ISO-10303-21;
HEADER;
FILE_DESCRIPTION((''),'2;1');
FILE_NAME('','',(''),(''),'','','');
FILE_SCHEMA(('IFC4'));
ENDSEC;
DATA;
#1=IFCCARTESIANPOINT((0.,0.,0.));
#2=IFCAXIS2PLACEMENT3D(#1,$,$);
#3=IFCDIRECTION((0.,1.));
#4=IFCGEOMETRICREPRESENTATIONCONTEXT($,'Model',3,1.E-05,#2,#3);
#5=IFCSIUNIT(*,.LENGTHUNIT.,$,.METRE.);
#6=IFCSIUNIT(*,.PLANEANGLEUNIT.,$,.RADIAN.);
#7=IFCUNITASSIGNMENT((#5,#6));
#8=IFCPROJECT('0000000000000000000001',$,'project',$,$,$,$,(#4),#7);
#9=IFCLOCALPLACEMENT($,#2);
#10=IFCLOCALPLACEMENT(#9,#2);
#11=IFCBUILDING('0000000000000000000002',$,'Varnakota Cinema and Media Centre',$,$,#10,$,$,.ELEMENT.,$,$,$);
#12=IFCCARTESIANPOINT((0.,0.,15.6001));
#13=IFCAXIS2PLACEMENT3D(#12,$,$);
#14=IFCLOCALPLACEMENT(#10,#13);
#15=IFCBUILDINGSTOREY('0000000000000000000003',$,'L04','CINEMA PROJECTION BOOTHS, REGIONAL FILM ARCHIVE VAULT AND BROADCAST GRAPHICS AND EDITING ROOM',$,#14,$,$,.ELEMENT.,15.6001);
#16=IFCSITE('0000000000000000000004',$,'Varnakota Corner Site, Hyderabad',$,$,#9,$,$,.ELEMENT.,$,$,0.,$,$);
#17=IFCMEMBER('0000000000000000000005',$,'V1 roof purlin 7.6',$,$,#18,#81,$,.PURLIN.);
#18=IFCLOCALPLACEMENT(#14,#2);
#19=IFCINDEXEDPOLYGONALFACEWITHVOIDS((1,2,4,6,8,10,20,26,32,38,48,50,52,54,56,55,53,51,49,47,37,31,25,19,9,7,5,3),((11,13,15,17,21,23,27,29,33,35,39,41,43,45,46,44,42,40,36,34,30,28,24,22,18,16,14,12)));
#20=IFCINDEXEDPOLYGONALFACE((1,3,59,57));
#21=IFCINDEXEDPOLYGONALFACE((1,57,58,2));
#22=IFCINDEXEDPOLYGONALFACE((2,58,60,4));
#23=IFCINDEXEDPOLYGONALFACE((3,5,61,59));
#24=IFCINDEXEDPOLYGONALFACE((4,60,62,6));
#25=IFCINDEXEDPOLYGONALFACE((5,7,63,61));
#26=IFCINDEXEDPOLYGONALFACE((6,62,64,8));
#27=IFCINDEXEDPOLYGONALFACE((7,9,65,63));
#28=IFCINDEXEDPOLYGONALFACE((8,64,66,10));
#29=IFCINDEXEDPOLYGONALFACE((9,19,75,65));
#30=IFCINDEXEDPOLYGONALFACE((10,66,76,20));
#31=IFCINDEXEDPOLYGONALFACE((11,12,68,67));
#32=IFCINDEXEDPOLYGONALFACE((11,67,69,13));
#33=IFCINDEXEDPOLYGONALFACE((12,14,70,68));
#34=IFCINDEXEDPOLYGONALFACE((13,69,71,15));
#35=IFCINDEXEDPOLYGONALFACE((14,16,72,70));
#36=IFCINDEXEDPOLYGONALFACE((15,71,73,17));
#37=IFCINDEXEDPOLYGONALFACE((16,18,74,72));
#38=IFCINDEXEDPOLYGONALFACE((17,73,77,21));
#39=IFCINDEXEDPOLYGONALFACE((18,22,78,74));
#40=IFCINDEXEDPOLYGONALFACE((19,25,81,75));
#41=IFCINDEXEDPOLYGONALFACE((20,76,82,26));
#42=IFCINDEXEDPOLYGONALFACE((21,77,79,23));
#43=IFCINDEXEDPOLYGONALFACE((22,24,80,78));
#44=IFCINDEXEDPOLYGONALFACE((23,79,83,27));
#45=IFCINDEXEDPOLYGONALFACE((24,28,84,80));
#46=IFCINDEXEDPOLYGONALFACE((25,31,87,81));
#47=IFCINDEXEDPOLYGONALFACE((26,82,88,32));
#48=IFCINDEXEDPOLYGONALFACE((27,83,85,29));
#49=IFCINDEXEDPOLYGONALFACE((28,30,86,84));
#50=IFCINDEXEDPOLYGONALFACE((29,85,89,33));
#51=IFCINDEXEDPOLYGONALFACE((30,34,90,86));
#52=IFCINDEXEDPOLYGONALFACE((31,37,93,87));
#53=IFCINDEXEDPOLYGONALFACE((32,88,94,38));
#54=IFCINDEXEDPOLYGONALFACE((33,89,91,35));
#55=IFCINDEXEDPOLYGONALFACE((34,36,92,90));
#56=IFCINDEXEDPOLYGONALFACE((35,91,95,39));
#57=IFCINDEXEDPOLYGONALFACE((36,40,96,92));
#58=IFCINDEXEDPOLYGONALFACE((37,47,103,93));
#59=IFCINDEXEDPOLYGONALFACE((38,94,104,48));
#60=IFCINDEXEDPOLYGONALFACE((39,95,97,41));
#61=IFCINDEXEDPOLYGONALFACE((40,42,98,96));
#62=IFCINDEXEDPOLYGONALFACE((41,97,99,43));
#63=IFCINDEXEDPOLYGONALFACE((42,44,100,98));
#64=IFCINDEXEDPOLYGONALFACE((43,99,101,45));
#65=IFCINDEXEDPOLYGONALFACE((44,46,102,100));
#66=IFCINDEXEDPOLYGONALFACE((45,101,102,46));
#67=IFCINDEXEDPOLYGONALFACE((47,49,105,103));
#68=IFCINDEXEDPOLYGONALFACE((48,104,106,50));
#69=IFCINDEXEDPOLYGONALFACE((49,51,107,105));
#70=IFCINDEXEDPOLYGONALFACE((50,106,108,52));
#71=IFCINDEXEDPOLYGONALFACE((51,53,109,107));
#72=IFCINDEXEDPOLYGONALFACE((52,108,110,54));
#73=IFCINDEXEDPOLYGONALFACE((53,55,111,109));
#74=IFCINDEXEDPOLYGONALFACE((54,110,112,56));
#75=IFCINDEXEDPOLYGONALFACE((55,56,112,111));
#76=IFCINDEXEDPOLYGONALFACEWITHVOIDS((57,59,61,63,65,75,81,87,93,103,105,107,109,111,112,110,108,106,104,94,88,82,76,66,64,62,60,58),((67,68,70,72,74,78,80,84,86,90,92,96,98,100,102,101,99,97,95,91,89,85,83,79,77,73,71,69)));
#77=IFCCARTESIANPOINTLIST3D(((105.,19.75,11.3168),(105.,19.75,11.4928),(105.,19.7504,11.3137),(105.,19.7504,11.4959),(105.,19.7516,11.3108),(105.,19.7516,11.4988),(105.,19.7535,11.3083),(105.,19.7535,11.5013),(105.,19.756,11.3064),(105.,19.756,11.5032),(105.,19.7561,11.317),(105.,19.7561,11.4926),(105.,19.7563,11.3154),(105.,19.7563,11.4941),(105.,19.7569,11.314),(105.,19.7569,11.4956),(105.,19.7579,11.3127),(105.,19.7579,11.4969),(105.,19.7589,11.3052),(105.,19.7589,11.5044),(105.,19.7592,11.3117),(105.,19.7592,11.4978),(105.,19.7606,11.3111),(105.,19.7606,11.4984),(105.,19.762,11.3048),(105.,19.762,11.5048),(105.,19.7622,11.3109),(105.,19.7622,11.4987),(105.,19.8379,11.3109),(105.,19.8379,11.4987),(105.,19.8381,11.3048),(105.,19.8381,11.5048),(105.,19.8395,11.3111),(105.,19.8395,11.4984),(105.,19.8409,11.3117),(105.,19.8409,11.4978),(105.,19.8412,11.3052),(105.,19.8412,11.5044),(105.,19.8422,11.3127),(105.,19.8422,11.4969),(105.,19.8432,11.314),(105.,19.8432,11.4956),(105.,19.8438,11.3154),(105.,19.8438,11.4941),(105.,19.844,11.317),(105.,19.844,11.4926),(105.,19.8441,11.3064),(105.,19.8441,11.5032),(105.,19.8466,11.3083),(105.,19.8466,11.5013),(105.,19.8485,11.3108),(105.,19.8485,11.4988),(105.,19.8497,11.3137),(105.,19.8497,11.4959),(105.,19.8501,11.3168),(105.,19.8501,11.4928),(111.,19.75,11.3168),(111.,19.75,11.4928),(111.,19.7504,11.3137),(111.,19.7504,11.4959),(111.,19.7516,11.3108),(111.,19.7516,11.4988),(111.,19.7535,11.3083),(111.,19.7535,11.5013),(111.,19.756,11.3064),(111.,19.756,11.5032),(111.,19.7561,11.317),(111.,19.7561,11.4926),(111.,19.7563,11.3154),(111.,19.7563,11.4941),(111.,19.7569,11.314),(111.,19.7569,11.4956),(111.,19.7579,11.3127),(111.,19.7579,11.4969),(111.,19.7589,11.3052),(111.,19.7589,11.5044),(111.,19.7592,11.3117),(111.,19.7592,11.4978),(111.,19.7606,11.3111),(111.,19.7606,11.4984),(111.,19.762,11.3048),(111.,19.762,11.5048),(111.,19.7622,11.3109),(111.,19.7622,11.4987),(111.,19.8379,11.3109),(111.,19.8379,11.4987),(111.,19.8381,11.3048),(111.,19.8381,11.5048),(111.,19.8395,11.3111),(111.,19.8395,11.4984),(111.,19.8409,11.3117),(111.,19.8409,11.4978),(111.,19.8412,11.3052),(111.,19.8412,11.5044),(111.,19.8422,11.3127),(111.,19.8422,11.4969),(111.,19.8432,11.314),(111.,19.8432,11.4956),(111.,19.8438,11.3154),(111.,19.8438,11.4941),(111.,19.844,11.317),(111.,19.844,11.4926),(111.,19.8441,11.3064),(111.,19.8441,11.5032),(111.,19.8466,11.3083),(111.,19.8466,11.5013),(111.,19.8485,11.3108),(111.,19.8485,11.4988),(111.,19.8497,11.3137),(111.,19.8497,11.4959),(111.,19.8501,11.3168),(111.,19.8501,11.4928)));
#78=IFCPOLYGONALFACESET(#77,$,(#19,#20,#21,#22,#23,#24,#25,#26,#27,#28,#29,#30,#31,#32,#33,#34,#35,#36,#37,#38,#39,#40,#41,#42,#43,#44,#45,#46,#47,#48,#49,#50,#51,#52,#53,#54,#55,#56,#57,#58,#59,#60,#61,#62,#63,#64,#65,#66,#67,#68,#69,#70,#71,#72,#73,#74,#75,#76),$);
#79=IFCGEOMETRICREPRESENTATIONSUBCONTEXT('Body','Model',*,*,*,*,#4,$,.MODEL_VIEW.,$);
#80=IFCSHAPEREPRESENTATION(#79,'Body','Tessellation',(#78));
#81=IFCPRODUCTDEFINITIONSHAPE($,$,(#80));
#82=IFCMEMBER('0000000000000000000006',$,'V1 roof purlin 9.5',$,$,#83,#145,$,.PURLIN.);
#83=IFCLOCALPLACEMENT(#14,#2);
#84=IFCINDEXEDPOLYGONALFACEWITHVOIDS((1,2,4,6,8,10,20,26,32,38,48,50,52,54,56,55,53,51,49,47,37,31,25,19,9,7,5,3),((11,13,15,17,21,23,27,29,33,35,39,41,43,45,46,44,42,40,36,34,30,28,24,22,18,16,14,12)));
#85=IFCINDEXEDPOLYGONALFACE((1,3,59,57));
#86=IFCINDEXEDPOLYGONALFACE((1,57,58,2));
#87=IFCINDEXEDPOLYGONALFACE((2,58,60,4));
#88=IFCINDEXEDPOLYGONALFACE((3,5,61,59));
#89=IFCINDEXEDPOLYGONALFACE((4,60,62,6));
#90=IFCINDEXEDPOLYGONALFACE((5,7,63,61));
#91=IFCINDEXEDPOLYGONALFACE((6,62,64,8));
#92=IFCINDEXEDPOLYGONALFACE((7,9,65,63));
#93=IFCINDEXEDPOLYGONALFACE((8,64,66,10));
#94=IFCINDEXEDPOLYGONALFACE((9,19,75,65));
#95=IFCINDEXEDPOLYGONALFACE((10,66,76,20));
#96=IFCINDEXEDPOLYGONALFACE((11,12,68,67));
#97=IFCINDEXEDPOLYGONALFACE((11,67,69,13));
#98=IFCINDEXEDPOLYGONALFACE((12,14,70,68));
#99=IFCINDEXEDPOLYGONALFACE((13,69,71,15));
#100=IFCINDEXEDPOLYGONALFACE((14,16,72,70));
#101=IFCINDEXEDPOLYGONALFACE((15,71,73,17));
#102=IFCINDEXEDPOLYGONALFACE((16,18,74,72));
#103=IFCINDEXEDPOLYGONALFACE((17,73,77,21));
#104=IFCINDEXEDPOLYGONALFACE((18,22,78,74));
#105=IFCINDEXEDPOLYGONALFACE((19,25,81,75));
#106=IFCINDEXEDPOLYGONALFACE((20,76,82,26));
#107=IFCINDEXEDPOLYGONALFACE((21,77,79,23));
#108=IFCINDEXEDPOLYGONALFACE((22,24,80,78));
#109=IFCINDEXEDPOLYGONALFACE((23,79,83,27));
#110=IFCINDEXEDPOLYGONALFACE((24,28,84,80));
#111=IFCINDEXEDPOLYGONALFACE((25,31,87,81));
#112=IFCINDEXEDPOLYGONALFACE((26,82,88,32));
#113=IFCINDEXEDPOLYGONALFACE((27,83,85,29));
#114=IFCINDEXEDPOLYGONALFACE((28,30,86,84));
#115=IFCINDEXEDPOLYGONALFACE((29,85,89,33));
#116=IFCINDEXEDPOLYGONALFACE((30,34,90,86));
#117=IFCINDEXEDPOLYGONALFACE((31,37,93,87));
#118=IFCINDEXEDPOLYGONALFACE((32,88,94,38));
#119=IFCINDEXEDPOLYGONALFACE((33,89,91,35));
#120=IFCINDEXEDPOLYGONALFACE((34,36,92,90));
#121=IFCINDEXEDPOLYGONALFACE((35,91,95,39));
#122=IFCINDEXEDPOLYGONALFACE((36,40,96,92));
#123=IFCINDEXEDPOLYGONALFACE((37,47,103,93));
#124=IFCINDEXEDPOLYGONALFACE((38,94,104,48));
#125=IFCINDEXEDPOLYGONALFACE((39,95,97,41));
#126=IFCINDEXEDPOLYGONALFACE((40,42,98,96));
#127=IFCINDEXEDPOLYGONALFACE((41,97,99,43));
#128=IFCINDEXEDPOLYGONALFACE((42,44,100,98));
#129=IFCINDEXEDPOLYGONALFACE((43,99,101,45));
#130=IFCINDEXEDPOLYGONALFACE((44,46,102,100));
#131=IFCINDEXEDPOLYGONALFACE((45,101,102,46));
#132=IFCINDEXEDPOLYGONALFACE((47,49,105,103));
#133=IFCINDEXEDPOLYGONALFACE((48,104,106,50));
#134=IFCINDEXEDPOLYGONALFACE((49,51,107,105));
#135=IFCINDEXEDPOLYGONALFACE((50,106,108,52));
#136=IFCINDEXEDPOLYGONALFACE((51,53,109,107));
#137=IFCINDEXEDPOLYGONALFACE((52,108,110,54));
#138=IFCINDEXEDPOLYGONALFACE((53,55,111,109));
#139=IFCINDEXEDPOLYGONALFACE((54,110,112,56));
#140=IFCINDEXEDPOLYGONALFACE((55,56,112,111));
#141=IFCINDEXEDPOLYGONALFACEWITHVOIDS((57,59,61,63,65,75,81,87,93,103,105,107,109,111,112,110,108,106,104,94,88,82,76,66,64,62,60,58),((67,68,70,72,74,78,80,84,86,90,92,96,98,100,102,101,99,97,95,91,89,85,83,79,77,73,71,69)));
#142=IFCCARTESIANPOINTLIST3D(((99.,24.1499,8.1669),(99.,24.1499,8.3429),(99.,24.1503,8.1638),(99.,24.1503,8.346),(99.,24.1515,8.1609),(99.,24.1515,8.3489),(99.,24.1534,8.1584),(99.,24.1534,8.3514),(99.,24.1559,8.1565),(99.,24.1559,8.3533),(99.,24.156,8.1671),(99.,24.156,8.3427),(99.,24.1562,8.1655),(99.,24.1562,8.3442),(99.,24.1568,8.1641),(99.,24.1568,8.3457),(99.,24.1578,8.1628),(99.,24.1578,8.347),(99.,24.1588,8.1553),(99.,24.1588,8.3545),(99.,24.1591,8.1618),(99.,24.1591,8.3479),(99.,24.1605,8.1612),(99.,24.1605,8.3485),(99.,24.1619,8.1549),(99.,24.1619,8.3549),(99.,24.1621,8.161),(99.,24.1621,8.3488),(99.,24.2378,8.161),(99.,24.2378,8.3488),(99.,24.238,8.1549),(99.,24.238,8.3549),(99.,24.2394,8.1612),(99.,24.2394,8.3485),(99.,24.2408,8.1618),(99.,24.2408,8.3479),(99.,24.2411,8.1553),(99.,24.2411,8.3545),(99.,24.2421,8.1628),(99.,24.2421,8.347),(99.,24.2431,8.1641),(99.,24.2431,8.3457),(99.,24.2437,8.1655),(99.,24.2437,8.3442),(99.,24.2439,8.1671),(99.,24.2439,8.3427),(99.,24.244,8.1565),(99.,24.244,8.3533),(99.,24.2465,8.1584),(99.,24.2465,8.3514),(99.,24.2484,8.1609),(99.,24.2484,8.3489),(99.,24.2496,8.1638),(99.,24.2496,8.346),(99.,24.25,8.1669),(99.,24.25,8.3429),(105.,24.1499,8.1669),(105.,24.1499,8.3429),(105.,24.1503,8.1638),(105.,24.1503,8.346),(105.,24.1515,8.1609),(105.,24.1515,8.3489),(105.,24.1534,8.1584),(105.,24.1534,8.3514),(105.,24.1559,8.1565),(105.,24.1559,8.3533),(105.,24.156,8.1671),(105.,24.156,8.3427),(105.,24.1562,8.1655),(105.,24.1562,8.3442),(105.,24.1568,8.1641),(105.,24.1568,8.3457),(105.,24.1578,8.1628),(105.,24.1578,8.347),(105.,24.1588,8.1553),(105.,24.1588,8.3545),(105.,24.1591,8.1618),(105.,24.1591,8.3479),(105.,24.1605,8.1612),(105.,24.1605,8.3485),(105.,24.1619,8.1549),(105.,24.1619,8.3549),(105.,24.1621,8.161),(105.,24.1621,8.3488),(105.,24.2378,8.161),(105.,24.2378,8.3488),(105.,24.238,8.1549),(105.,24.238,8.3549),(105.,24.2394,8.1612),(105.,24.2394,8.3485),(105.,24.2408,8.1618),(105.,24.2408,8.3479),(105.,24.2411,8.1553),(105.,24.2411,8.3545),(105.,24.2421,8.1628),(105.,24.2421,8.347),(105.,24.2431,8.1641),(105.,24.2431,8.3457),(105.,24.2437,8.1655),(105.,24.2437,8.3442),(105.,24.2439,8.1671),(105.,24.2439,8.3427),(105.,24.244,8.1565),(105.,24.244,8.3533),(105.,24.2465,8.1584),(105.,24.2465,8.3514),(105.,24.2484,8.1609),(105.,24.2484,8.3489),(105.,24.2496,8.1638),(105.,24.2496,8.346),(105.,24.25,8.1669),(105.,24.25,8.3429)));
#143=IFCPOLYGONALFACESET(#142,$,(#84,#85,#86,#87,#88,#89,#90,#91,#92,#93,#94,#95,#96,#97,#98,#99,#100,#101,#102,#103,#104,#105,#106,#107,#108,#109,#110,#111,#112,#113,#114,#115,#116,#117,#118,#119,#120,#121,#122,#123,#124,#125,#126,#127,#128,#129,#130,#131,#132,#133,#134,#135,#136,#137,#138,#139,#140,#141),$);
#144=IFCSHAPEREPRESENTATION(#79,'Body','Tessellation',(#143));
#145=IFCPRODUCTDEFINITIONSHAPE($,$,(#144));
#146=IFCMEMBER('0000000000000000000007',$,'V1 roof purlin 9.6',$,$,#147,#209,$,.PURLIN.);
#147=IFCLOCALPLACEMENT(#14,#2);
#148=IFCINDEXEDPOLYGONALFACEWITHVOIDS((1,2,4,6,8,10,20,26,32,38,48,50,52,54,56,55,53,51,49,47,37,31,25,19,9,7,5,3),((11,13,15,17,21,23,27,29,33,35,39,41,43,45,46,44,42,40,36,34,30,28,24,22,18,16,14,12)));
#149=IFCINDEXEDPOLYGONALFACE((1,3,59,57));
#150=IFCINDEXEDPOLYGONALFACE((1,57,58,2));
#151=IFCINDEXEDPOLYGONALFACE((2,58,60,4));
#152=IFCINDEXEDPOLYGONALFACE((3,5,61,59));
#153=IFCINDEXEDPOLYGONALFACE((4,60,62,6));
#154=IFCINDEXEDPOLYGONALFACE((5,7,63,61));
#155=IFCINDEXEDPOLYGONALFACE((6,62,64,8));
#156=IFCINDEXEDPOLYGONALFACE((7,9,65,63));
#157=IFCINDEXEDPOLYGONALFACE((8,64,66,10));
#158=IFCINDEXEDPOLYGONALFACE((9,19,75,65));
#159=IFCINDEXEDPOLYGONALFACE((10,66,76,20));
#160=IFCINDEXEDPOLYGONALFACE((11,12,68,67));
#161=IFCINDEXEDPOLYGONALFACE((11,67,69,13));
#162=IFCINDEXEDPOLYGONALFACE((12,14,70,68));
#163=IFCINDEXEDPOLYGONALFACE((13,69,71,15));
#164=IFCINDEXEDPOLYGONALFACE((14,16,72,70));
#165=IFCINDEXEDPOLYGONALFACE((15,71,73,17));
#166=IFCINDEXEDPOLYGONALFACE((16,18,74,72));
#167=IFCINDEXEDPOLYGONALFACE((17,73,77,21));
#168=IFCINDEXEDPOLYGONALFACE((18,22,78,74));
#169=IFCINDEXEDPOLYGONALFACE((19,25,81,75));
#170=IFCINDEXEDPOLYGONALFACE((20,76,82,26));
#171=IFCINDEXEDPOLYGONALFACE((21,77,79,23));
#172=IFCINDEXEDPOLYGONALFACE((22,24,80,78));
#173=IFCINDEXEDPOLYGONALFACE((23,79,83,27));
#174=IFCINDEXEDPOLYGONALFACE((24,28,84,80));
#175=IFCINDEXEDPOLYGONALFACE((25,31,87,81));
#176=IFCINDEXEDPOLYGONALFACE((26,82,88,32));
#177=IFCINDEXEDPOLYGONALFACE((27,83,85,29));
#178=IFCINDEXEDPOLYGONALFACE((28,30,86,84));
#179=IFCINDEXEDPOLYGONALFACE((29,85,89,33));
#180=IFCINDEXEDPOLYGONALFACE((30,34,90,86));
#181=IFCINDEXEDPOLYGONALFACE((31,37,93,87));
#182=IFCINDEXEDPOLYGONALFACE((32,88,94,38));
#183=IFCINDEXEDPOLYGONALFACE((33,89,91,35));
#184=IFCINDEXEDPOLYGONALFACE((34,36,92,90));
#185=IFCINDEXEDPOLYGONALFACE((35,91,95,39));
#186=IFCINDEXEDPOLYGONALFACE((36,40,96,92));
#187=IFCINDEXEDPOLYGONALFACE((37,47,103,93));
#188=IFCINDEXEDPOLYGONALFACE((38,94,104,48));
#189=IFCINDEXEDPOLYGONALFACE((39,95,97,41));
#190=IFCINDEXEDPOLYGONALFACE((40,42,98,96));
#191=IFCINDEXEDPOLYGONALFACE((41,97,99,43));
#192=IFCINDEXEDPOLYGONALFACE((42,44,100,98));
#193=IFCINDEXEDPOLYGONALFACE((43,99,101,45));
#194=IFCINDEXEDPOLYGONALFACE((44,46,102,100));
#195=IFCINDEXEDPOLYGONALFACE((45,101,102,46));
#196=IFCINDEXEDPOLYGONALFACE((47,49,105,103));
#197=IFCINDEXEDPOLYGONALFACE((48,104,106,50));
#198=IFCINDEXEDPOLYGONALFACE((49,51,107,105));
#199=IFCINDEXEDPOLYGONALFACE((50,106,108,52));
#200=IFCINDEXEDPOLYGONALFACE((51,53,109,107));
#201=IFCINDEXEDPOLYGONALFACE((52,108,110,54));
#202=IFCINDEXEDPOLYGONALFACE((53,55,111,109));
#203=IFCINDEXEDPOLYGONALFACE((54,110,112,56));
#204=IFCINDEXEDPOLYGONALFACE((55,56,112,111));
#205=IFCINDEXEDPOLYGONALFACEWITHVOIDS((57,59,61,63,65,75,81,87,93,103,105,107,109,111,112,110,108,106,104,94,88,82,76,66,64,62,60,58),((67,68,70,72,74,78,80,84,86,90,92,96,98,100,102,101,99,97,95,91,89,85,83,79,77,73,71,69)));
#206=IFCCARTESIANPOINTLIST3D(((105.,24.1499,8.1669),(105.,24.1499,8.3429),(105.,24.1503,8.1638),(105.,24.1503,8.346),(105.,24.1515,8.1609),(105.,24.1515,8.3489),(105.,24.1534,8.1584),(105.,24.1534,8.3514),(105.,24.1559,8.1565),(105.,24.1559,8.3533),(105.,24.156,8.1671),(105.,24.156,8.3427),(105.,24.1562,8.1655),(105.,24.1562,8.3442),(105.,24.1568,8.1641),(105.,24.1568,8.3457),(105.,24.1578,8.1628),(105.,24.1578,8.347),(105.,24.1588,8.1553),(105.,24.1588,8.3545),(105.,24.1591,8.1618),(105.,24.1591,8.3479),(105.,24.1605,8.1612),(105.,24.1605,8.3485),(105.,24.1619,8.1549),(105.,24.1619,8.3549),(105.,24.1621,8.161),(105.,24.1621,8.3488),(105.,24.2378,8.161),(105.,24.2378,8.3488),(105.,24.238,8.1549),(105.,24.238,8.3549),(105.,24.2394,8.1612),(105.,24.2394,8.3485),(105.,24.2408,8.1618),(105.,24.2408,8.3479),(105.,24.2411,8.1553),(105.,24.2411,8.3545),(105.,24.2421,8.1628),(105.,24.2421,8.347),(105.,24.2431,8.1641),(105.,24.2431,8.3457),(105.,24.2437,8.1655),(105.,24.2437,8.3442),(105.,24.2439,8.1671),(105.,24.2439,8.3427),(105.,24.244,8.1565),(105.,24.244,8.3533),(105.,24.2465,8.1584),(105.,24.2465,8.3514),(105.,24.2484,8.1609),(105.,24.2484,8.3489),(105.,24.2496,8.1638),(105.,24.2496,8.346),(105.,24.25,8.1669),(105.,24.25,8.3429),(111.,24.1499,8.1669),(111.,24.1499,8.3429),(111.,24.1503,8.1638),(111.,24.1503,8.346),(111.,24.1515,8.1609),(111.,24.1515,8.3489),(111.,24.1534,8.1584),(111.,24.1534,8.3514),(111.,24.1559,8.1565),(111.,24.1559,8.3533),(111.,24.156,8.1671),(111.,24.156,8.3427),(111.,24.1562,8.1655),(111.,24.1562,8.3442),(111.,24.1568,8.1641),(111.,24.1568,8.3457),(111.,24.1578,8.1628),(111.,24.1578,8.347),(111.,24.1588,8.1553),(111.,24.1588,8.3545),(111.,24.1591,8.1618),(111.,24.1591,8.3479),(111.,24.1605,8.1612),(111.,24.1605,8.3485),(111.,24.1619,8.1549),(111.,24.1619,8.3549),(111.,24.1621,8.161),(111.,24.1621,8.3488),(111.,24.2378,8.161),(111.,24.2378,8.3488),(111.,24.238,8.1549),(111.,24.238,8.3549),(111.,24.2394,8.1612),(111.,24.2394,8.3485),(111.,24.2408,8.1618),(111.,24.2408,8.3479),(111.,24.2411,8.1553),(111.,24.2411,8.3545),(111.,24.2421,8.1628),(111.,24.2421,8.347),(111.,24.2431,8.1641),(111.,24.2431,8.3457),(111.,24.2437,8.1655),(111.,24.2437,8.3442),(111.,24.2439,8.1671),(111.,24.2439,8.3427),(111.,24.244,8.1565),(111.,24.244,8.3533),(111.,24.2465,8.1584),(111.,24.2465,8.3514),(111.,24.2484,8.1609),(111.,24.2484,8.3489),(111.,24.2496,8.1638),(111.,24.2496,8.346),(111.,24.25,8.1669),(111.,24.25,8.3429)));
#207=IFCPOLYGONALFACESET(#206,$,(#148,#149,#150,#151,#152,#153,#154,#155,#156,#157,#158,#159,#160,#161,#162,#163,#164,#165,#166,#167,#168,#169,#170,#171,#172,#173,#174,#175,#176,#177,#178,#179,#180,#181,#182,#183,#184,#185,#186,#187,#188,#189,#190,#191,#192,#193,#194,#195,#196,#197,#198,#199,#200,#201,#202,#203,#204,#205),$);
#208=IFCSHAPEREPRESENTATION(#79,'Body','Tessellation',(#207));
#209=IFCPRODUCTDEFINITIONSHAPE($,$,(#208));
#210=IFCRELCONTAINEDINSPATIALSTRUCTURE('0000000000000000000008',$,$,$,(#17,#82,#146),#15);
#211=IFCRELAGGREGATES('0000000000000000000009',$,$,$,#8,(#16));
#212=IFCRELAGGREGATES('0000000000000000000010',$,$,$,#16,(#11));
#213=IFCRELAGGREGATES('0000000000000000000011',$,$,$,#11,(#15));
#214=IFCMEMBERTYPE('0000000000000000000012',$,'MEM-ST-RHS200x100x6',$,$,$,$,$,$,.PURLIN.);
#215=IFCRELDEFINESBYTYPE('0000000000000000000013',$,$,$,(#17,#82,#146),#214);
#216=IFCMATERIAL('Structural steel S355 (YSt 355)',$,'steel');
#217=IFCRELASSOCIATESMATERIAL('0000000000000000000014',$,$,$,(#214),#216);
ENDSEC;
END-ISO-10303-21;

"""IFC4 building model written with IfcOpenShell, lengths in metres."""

from ifc_helpers import new_model, si_unit, direction, frame, origin, origin_2d, place, context, subcontext, project, spatial, hollow_rectangle, extrude, material, material_profile, profile_set, type_object, element, save


model = new_model("IFC4")

# Units and contexts
model_context = context("Model", 3, precision=1e-05, world=origin(), true_north=direction((0.0, 1.0)))
body_context = subcontext(model_context, "Body", "Model", "MODEL_VIEW")
ifc_project = project(units=[si_unit("LENGTHUNIT", "METRE"), si_unit("PLANEANGLEUNIT", "RADIAN")], contexts=[model_context])

# Site, building, storey
site_placement = place(None, origin())
site = spatial("IfcSite", under=ifc_project, at=site_placement, Name="Varnakota Corner Site, Hyderabad", CompositionType="ELEMENT", RefElevation=0.0)
building_placement = place(site_placement, origin())
building = spatial("IfcBuilding", under=site, at=building_placement, Name="Varnakota Cinema and Media Centre", CompositionType="ELEMENT")
storey_placement = place(building_placement, frame((0.0, 0.0, 15.6001)))
storey = spatial("IfcBuildingStorey", under=building, at=storey_placement, Name="L04", Description="CINEMA PROJECTION BOOTHS, REGIONAL FILM ARCHIVE VAULT AND BROADCAST GRAPHICS AND EDITING ROOM", CompositionType="ELEMENT", Elevation=15.6001)

# Members
ifc_material_1 = material(Name="Structural steel S355 (YSt 355)", Category="steel")
ifc_material_profile_1 = material_profile(ifc_material_1, hollow_rectangle(XDim=0.1001, YDim=0.2, WallThickness=0.0061, InnerFilletRadius=0.0061, OuterFilletRadius=0.012, at=origin_2d()), Name="RHS 200x100x6")
ifc_profile_set_1 = profile_set([ifc_material_profile_1], Name="Structural steel S355 (YSt 355)")
member_type_1 = type_object("IfcMemberType", Name="MEM-ST-RHS200x100x6", PredefinedType="PURLIN", material=ifc_profile_set_1)
for number, where, z_axis, x_axis, name in (
    (1, (105.0, 19.8, 11.4048), (1.0, 0.0, 0.0), (0.0, 1.0, 0.0), "V1 roof purlin 7.6"),
    (2, (99.0, 24.2, 8.2549), (1.0, 0.0, 0.0), (0.0, 1.0, 0.0), "V1 roof purlin 9.5"),
    (3, (105.0, 24.2, 8.2549), (1.0, 0.0, 0.0), (0.0, 1.0, 0.0), "V1 roof purlin 9.6"),
):
    element("IfcMember", number, at=place(storey_placement, frame(where, z_axis=z_axis, x_axis=x_axis)), inside=storey, type_object=member_type_1, Name=name, PredefinedType="PURLIN", context=body_context, shape_type="SweptSolid", body=[
        extrude(hollow_rectangle(XDim=0.1001, YDim=0.2, WallThickness=0.0061, InnerFilletRadius=0.0061, OuterFilletRadius=0.012, at=origin_2d()), origin(), (0.0, 0.0, 1.0), 6.0),
    ])

save(model, "model.ifc")
